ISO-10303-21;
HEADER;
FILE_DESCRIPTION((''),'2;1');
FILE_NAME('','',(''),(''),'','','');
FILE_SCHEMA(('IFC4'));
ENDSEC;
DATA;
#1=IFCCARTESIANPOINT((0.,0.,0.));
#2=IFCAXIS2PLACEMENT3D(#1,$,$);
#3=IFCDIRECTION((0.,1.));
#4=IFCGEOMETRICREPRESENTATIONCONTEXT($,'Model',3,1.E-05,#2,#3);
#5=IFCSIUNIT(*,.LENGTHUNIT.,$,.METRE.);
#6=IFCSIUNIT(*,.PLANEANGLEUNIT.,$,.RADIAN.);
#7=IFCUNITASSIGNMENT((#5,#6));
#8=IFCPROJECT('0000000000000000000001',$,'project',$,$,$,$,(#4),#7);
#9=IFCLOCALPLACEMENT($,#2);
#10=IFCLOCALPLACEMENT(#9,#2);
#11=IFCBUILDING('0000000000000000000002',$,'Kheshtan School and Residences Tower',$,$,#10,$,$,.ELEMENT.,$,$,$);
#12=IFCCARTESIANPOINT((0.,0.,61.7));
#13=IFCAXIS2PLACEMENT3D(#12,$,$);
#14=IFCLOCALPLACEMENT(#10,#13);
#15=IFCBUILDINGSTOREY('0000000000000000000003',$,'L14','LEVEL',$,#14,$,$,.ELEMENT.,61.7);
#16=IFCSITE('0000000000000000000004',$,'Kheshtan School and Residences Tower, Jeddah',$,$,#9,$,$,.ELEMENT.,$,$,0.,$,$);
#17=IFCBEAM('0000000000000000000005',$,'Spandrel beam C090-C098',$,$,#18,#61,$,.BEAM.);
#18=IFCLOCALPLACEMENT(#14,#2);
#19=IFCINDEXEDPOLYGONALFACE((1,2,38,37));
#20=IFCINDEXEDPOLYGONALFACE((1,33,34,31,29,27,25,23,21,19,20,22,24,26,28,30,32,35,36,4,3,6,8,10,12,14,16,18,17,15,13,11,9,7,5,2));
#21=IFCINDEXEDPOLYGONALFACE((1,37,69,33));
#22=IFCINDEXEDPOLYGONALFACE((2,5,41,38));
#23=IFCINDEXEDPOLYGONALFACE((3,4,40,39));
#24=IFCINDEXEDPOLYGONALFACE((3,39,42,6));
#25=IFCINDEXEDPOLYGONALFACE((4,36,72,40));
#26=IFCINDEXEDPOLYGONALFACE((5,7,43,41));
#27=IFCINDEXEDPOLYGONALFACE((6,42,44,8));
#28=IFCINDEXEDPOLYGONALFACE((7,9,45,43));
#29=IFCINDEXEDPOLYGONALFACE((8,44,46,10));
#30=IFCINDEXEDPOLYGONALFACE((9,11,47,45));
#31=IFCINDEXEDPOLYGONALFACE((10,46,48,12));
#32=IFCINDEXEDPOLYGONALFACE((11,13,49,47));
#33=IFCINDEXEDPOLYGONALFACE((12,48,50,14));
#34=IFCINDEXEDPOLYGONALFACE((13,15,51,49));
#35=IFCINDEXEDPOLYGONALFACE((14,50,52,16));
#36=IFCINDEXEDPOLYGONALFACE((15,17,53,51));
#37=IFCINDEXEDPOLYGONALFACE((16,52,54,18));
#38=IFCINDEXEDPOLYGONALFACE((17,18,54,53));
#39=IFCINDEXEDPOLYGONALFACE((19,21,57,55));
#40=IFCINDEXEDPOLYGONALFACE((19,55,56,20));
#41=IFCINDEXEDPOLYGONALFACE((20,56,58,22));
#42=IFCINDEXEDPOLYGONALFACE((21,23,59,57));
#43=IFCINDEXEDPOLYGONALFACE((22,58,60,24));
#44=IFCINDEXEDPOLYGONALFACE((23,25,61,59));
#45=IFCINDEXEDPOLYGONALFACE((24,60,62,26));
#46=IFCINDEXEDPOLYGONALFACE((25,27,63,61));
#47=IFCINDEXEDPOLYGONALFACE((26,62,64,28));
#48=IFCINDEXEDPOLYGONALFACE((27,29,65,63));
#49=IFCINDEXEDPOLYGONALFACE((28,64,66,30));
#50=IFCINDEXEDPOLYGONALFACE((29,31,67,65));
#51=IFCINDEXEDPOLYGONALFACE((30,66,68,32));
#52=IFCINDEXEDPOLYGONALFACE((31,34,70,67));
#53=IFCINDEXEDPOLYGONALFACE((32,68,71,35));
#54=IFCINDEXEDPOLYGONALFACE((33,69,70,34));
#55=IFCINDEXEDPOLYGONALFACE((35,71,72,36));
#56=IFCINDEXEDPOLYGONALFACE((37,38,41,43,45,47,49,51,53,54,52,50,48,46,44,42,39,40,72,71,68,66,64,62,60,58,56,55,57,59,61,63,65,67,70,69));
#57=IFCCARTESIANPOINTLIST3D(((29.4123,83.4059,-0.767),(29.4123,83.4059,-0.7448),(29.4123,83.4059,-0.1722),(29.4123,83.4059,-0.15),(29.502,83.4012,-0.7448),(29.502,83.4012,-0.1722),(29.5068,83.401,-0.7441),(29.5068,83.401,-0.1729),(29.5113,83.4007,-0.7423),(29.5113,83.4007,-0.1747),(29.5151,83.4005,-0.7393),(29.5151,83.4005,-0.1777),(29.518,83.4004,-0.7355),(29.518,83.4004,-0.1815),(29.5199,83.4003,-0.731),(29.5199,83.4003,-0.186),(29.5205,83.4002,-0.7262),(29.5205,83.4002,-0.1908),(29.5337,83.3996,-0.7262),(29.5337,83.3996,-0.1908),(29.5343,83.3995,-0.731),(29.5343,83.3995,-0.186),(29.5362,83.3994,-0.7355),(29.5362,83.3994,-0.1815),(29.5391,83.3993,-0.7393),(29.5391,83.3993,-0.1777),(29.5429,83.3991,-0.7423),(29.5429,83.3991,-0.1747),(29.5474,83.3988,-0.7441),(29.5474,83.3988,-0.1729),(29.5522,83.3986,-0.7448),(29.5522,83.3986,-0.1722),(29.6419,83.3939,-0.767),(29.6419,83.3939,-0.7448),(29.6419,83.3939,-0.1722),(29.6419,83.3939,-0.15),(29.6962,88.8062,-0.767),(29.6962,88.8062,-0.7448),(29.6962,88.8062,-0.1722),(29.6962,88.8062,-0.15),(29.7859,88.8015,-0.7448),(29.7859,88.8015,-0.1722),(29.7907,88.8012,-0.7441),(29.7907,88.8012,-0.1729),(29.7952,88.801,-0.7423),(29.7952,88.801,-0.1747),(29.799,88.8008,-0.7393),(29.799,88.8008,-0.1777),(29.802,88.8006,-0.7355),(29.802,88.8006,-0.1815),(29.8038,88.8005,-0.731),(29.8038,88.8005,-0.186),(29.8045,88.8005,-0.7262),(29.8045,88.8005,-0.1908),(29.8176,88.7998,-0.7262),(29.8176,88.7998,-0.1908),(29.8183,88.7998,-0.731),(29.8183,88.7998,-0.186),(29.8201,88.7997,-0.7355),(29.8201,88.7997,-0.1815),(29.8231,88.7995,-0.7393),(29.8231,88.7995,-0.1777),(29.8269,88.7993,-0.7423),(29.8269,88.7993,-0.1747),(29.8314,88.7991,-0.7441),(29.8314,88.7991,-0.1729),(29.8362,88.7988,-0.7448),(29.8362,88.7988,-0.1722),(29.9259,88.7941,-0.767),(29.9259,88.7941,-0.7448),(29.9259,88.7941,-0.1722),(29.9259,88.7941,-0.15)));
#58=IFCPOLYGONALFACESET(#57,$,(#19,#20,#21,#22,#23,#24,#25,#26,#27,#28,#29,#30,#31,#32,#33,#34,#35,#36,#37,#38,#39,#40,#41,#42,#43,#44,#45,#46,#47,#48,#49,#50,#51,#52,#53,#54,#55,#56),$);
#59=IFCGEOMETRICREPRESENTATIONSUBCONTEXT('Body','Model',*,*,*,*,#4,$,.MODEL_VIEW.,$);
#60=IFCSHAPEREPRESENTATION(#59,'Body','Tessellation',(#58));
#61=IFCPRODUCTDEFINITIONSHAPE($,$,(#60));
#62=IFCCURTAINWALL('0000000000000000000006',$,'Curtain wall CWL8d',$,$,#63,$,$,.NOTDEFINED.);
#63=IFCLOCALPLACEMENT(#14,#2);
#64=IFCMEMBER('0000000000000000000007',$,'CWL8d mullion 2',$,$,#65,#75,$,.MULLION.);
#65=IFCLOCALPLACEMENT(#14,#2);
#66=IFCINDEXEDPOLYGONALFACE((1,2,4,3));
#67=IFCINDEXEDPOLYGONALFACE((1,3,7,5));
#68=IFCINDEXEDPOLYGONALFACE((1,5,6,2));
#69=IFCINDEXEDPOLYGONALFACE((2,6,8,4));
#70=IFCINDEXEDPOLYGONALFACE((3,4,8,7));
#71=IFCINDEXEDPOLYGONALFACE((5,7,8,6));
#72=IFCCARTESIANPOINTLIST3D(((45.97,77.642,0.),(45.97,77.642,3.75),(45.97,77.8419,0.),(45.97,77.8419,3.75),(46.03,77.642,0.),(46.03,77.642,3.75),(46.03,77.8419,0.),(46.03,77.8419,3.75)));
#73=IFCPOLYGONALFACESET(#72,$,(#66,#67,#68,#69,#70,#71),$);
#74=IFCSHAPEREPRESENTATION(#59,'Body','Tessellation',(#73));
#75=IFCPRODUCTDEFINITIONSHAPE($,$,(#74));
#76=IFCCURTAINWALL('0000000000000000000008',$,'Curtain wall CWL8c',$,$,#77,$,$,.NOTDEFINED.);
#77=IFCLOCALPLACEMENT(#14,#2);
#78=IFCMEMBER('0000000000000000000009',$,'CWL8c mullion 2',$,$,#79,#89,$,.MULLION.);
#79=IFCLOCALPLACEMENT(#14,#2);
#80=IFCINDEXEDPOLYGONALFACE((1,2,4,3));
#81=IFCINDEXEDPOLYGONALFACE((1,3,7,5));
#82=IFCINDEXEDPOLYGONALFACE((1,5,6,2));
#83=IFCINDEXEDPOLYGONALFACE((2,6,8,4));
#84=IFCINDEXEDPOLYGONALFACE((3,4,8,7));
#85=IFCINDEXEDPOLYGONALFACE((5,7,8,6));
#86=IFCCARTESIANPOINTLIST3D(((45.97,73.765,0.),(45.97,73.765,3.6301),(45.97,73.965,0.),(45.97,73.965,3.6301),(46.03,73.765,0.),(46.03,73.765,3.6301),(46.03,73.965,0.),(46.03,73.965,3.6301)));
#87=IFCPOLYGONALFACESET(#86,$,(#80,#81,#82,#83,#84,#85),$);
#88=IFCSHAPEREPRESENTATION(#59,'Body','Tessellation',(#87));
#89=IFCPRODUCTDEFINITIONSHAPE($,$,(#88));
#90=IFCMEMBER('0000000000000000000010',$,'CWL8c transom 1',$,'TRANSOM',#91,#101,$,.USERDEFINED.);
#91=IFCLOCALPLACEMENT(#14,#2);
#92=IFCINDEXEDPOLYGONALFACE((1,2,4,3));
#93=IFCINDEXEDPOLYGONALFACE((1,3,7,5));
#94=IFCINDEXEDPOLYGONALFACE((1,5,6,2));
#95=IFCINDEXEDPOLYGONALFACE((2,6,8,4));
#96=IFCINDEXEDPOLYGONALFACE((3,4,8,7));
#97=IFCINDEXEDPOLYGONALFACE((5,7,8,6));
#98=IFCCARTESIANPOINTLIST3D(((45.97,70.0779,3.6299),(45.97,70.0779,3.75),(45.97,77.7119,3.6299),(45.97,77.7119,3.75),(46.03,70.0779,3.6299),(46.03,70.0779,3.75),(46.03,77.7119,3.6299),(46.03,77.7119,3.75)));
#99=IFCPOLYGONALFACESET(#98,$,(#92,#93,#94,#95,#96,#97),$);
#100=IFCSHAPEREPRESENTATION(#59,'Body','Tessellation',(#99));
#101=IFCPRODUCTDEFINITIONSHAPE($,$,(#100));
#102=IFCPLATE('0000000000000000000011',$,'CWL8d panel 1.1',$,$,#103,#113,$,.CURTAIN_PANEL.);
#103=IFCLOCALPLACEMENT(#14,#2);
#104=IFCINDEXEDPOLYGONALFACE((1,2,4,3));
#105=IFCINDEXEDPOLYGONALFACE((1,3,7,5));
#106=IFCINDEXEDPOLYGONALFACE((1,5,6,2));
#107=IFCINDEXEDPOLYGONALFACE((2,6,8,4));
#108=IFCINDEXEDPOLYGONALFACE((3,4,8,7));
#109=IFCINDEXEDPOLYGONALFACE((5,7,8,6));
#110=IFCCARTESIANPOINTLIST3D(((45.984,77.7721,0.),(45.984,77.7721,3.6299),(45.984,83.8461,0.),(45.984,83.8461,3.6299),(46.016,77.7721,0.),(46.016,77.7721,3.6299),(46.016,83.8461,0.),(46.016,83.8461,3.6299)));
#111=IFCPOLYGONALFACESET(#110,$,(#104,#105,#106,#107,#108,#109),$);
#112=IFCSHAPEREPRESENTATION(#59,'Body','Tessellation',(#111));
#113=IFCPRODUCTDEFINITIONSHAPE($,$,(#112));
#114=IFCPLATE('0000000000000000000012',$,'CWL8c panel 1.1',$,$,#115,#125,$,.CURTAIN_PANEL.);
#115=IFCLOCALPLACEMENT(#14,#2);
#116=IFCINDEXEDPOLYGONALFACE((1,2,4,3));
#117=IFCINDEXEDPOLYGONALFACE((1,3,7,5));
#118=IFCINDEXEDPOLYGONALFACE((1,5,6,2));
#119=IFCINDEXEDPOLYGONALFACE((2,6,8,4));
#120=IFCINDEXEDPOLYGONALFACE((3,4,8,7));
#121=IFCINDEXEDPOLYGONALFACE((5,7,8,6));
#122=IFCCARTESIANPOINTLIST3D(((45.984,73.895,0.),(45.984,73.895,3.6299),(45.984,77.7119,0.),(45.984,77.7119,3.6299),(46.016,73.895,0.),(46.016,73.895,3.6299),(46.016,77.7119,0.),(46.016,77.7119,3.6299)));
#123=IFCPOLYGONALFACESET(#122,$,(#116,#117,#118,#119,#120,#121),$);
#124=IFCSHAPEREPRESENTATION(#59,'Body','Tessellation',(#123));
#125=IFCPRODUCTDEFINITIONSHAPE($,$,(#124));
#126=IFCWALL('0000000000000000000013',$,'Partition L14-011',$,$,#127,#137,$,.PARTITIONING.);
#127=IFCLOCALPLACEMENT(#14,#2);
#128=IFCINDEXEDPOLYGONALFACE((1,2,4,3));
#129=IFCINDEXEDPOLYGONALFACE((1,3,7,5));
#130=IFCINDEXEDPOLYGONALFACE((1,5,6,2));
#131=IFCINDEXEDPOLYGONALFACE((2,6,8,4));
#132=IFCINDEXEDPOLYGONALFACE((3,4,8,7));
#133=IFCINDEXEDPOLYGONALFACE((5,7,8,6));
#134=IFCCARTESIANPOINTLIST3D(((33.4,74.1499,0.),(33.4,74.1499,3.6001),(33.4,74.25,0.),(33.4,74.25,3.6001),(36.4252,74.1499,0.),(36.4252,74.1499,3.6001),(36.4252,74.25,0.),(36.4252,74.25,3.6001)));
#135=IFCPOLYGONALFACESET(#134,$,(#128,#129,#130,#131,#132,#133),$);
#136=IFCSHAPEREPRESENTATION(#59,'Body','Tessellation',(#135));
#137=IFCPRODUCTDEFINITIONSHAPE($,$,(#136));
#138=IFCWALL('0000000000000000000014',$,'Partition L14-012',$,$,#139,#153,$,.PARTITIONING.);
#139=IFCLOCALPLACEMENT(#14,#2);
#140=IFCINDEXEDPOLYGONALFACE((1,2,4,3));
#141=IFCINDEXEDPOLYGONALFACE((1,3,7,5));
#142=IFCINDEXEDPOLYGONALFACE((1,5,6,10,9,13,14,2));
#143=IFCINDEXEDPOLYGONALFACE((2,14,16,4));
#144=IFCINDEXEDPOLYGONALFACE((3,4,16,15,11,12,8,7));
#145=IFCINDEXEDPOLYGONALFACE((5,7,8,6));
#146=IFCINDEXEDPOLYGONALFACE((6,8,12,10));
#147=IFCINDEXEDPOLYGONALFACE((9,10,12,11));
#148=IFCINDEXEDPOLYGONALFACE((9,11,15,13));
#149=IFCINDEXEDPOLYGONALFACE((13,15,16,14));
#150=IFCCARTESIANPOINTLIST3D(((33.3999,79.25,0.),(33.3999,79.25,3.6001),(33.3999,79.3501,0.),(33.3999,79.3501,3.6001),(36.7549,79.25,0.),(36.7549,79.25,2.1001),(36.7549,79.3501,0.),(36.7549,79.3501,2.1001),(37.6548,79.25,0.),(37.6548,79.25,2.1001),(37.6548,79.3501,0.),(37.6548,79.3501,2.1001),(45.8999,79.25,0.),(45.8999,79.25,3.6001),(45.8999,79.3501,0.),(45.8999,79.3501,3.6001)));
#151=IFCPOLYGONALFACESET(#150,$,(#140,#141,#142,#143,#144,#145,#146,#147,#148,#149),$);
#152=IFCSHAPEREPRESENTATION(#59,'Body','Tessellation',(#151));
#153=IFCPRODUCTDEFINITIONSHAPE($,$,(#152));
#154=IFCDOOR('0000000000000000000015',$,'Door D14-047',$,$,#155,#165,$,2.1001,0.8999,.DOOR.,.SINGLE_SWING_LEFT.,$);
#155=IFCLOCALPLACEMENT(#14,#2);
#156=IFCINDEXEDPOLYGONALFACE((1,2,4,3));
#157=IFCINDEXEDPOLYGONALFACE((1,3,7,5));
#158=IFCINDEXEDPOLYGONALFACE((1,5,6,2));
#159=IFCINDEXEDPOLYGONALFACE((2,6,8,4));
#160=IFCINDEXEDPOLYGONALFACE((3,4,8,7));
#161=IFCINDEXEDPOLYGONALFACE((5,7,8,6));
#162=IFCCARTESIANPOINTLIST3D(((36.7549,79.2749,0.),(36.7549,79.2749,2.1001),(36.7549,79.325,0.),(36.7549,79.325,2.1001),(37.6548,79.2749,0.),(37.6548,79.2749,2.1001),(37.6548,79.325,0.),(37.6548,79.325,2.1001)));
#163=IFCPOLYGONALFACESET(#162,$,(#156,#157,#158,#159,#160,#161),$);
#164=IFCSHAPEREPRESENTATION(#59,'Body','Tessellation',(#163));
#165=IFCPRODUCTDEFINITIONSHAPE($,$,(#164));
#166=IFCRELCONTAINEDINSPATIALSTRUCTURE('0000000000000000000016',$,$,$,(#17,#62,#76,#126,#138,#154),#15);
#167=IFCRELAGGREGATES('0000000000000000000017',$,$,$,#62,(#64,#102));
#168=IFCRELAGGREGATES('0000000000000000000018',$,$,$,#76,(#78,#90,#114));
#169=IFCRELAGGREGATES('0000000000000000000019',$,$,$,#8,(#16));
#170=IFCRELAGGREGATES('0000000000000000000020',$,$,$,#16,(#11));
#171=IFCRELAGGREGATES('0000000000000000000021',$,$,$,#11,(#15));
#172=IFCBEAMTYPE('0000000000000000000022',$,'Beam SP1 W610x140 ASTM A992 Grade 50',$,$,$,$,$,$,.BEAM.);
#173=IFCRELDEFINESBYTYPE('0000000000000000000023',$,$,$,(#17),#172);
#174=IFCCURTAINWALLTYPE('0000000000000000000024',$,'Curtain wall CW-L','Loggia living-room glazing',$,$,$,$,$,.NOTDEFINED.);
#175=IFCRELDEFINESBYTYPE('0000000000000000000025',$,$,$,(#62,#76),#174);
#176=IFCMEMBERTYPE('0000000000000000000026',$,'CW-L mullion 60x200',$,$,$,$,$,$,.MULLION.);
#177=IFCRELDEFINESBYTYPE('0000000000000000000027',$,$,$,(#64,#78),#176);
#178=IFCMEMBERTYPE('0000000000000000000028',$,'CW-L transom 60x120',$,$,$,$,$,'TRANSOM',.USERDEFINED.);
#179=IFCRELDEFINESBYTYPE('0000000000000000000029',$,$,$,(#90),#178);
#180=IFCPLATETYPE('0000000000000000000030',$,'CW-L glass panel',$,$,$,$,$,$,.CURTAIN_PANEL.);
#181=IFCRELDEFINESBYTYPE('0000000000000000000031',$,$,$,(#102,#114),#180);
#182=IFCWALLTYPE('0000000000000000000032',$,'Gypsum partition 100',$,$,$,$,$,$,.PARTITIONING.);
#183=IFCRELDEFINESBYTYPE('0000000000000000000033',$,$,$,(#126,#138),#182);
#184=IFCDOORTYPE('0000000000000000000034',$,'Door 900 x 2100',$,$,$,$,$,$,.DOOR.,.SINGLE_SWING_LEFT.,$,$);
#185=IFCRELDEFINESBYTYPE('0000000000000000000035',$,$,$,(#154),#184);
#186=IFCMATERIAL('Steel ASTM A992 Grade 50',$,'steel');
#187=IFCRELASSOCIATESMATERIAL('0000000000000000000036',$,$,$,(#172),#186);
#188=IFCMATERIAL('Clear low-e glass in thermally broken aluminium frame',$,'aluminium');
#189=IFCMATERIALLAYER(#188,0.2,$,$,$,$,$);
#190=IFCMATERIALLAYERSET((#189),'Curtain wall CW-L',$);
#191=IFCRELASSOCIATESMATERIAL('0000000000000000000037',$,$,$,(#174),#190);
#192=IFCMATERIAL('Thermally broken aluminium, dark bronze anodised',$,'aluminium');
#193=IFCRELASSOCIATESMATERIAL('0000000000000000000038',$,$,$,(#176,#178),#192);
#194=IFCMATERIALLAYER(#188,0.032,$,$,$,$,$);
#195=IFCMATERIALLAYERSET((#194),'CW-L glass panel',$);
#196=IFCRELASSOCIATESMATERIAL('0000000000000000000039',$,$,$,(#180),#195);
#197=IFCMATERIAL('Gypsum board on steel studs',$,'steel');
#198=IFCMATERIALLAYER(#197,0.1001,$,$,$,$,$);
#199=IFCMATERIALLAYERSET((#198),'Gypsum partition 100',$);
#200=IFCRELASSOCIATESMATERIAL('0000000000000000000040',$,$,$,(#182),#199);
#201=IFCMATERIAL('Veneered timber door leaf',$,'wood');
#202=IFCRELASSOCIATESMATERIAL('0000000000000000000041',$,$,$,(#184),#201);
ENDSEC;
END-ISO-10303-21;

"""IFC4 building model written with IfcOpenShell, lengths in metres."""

from ifc_helpers import new_model, si_unit, direction, frame, frame_2d, origin, origin_2d, place, context, subcontext, project, spatial, rectangle, i_section, extrude, source, transform, mapped, material, layer, layer_set, material_profile, profile_set, type_object, element, fill, aggregate, save


model = new_model("IFC4")

# Units and contexts
model_context = context("Model", 3, precision=1e-05, world=origin(), true_north=direction((0.0, 1.0)))
body_context = subcontext(model_context, "Body", "Model", "MODEL_VIEW")
ifc_project = project(units=[si_unit("LENGTHUNIT", "METRE"), si_unit("PLANEANGLEUNIT", "RADIAN")], contexts=[model_context])

# Site, building, storey
site_placement = place(None, origin())
site = spatial("IfcSite", under=ifc_project, at=site_placement, Name="Kheshtan School and Residences Tower, Jeddah", CompositionType="ELEMENT", RefElevation=0.0)
building_placement = place(site_placement, origin())
building = spatial("IfcBuilding", under=site, at=building_placement, Name="Kheshtan School and Residences Tower", CompositionType="ELEMENT")
storey_placement = place(building_placement, frame((0.0, 0.0, 61.7)))
storey = spatial("IfcBuildingStorey", under=building, at=storey_placement, Name="L14", Description="LEVEL", CompositionType="ELEMENT", Elevation=61.7)

# Shared definitions
ifc_material_1 = material(Name="Steel ASTM A992 Grade 50", Category="steel")

# Beam
ifc_material_profile_1 = material_profile(ifc_material_1, i_section(OverallWidth=0.23, OverallDepth=0.6169, WebThickness=0.0132, FlangeThickness=0.0222, FilletRadius=0.0186, at=origin_2d()), Name="W610x140")
ifc_profile_set_1 = profile_set([ifc_material_profile_1], Name="Steel ASTM A992 Grade 50")
beam_type_1 = type_object("IfcBeamType", Name="Beam SP1 W610x140 ASTM A992 Grade 50", PredefinedType="BEAM", material=ifc_profile_set_1)
beam_1_placement = place(storey_placement, frame((29.5271, 83.3999, -0.4585), z_axis=(0.052507, 0.998621, 0.0), x_axis=(-0.998621, 0.052507, 0.0)))
element("IfcBeam", 1, at=beam_1_placement, inside=storey, type_object=beam_type_1, Name="Spandrel beam C090-C098", PredefinedType="BEAM", context=body_context, shape_type="SweptSolid", body=[
    extrude(i_section(OverallWidth=0.23, OverallDepth=0.6169, WebThickness=0.0132, FlangeThickness=0.0222, FilletRadius=0.0186, at=origin_2d()), origin(), (0.0, 0.0, 1.0), 5.4077),
])

# Curtain wall, member
ifc_material_2 = material(Name="Clear low-e glass in thermally broken aluminium frame", Category="aluminium")
ifc_layer_1 = layer(ifc_material_2, 0.2)
ifc_layer_set_1 = layer_set([ifc_layer_1], Name="Curtain wall CW-L")
curtain_wall_type = type_object("IfcCurtainWallType", Name="Curtain wall CW-L", Description="Loggia living-room glazing", PredefinedType="NOTDEFINED", material=ifc_layer_set_1)
curtain_wall_1_placement = place(storey_placement, origin())
curtain_wall_1 = element("IfcCurtainWall", 2, at=curtain_wall_1_placement, inside=storey, type_object=curtain_wall_type, Name="Curtain wall CWL8d", PredefinedType="NOTDEFINED")
ifc_material_3 = material(Name="Thermally broken aluminium, dark bronze anodised", Category="aluminium")
ifc_material_profile_2 = material_profile(ifc_material_3, rectangle(XDim=0.0601, YDim=0.2, at=origin_2d()), Name="CW-L mullion 60x200")
ifc_profile_set_2 = profile_set([ifc_material_profile_2], Name="Thermally broken aluminium, dark bronze anodised")
member_type_1 = type_object("IfcMemberType", Name="CW-L mullion 60x200", PredefinedType="MULLION", material=ifc_profile_set_2)
member_1_placement = place(storey_placement, frame((46.0, 77.7419, 0.0), z_axis=(0.0, 0.0, 1.0), x_axis=(1.0, 0.0, 0.0)))
member_1 = element("IfcMember", 3, at=member_1_placement, type_object=member_type_1, Name="CWL8d mullion 2", PredefinedType="MULLION", context=body_context, shape_type="SweptSolid", body=[
    extrude(rectangle(XDim=0.0601, YDim=0.2, at=origin_2d()), origin(), (0.0, 0.0, 1.0), 3.75),
])

# Curtain wall, members
curtain_wall_2_placement = place(storey_placement, origin())
curtain_wall_2 = element("IfcCurtainWall", 4, at=curtain_wall_2_placement, inside=storey, type_object=curtain_wall_type, Name="Curtain wall CWL8c", PredefinedType="NOTDEFINED")
member_2_placement = place(storey_placement, frame((46.0, 73.865, 0.0), z_axis=(0.0, 0.0, 1.0), x_axis=(1.0, 0.0, 0.0)))
member_2 = element("IfcMember", 5, at=member_2_placement, type_object=member_type_1, Name="CWL8c mullion 2", PredefinedType="MULLION", context=body_context, shape_type="SweptSolid", body=[
    extrude(rectangle(XDim=0.0601, YDim=0.2, at=origin_2d()), origin(), (0.0, 0.0, 1.0), 3.6301),
])
ifc_material_profile_3 = material_profile(ifc_material_3, rectangle(XDim=0.0601, YDim=0.1201, at=origin_2d()), Name="CW-L transom 60x120")
ifc_profile_set_3 = profile_set([ifc_material_profile_3], Name="Thermally broken aluminium, dark bronze anodised")
member_type_2 = type_object("IfcMemberType", Name="CW-L transom 60x120", ElementType="TRANSOM", PredefinedType="USERDEFINED", material=ifc_profile_set_3)
member_3_placement = place(storey_placement, frame((46.0, 77.7119, 3.6899), z_axis=(0.0, -1.0, 0.0), x_axis=(1.0, 0.0, 0.0)))
member_3 = element("IfcMember", 6, at=member_3_placement, type_object=member_type_2, Name="CWL8c transom 1", ObjectType="TRANSOM", PredefinedType="USERDEFINED", context=body_context, shape_type="SweptSolid", body=[
    extrude(rectangle(XDim=0.0601, YDim=0.1201, at=origin_2d()), origin(), (0.0, 0.0, 1.0), 7.634),
])

# Plates
ifc_layer_2 = layer(ifc_material_2, 0.032)
ifc_layer_set_2 = layer_set([ifc_layer_2], Name="CW-L glass panel")
plate_type = type_object("IfcPlateType", Name="CW-L glass panel", PredefinedType="CURTAIN_PANEL", material=ifc_layer_set_2)
plate_1_placement = place(storey_placement, frame((46.0, 80.8091, 0.0), z_axis=(0.0, 0.0, 1.0), x_axis=(0.0, -1.0, 0.0)))
plate_1 = element("IfcPlate", 7, at=plate_1_placement, type_object=plate_type, Name="CWL8d panel 1.1", PredefinedType="CURTAIN_PANEL", context=body_context, shape_type="SweptSolid", body=[
    extrude(rectangle(XDim=6.074, YDim=0.032, at=origin_2d()), origin(), (0.0, 0.0, 1.0), 3.6299),
])
aggregate(curtain_wall_1, [member_1, plate_1])
plate_2_placement = place(storey_placement, frame((46.0, 75.8035, 0.0), z_axis=(0.0, 0.0, 1.0), x_axis=(0.0, -1.0, 0.0)))
plate_2 = element("IfcPlate", 8, at=plate_2_placement, type_object=plate_type, Name="CWL8c panel 1.1", PredefinedType="CURTAIN_PANEL", context=body_context, shape_type="SweptSolid", body=[
    extrude(rectangle(XDim=3.8169, YDim=0.032, at=origin_2d()), origin(), (0.0, 0.0, 1.0), 3.6299),
])
aggregate(curtain_wall_2, [member_2, member_3, plate_2])

# Wall
ifc_material_4 = material(Name="Gypsum board on steel studs", Category="steel")
ifc_layer_3 = layer(ifc_material_4, 0.1001)
ifc_layer_set_3 = layer_set([ifc_layer_3], Name="Gypsum partition 100")
wall_type_1 = type_object("IfcWallType", Name="Gypsum partition 100", PredefinedType="PARTITIONING", material=ifc_layer_set_3)
wall_1_placement = place(storey_placement, frame((33.3999, 74.2, 0.0), z_axis=(0.0, 0.0, 1.0), x_axis=(1.0, 0.0, 0.0)))
element("IfcWall", 9, at=wall_1_placement, inside=storey, type_object=wall_type_1, Name="Partition L14-011", PredefinedType="PARTITIONING", context=body_context, shape_type="SweptSolid", body=[
    extrude(rectangle(XDim=3.0251, YDim=0.1001, at=frame_2d((1.5127, 0.0))), origin(), (0.0, 0.0, 1.0), 3.6001),
])

# Wall, opening, door
wall_2_placement = place(storey_placement, frame((33.3999, 79.3, 0.0), z_axis=(0.0, 0.0, 1.0), x_axis=(1.0, 0.0, 0.0)))
wall_2 = element("IfcWall", 10, at=wall_2_placement, inside=storey, type_object=wall_type_1, Name="Partition L14-012", PredefinedType="PARTITIONING", context=body_context, shape_type="SweptSolid", body=[
    extrude(rectangle(XDim=12.5, YDim=0.1001, at=frame_2d((6.25, 0.0))), origin(), (0.0, 0.0, 1.0), 3.6001),
])
opening_1_placement = place(wall_2_placement, frame((3.355, 0.0, 0.0)))
opening_1 = element("IfcOpeningElement", 11, at=opening_1_placement, cuts=wall_2, PredefinedType="OPENING", context=body_context, shape_type="SweptSolid", body=[
    extrude(rectangle(XDim=0.8999, YDim=2.1001, at=frame_2d((0.45, 1.05))), frame((0.0, 0.0601, 0.0), z_axis=(0.0, -1.0, 0.0), x_axis=(1.0, 0.0, 0.0)), (0.0, 0.0, 1.0), 0.1201),
])
ifc_material_5 = material(Name="Veneered timber door leaf", Category="wood")
door_type_1 = type_object("IfcDoorType", Name="Door 900 x 2100", OperationType="SINGLE_SWING_LEFT", PredefinedType="DOOR", material=ifc_material_5)
shared_shape_1 = source(origin(), body_context, "Body", "SweptSolid", [
    extrude(rectangle(XDim=0.8999, YDim=2.1001, at=frame_2d((0.45, 1.05))), frame((0.0, 0.0249, 0.0), z_axis=(0.0, -1.0, 0.0), x_axis=(1.0, 0.0, 0.0)), (0.0, 0.0, 1.0), 0.05),
])
door_1_placement = place(opening_1_placement, origin())
door_1 = element("IfcDoor", 12, at=door_1_placement, inside=storey, type_object=door_type_1, Name="Door D14-047", OperationType="SINGLE_SWING_LEFT", OverallHeight=2.1001, OverallWidth=0.8999, PredefinedType="DOOR", context=body_context, shape_type="MappedRepresentation", body=[
    mapped(shared_shape_1, transform((0.0, 0.0, 0.0), x_axis=(1.0, 0.0, 0.0), y_axis=(0.0, 1.0, 0.0), z_axis=(0.0, 0.0, 1.0), scale=1.0)),
])
fill(opening_1, door_1)

save(model, "model.ifc")
